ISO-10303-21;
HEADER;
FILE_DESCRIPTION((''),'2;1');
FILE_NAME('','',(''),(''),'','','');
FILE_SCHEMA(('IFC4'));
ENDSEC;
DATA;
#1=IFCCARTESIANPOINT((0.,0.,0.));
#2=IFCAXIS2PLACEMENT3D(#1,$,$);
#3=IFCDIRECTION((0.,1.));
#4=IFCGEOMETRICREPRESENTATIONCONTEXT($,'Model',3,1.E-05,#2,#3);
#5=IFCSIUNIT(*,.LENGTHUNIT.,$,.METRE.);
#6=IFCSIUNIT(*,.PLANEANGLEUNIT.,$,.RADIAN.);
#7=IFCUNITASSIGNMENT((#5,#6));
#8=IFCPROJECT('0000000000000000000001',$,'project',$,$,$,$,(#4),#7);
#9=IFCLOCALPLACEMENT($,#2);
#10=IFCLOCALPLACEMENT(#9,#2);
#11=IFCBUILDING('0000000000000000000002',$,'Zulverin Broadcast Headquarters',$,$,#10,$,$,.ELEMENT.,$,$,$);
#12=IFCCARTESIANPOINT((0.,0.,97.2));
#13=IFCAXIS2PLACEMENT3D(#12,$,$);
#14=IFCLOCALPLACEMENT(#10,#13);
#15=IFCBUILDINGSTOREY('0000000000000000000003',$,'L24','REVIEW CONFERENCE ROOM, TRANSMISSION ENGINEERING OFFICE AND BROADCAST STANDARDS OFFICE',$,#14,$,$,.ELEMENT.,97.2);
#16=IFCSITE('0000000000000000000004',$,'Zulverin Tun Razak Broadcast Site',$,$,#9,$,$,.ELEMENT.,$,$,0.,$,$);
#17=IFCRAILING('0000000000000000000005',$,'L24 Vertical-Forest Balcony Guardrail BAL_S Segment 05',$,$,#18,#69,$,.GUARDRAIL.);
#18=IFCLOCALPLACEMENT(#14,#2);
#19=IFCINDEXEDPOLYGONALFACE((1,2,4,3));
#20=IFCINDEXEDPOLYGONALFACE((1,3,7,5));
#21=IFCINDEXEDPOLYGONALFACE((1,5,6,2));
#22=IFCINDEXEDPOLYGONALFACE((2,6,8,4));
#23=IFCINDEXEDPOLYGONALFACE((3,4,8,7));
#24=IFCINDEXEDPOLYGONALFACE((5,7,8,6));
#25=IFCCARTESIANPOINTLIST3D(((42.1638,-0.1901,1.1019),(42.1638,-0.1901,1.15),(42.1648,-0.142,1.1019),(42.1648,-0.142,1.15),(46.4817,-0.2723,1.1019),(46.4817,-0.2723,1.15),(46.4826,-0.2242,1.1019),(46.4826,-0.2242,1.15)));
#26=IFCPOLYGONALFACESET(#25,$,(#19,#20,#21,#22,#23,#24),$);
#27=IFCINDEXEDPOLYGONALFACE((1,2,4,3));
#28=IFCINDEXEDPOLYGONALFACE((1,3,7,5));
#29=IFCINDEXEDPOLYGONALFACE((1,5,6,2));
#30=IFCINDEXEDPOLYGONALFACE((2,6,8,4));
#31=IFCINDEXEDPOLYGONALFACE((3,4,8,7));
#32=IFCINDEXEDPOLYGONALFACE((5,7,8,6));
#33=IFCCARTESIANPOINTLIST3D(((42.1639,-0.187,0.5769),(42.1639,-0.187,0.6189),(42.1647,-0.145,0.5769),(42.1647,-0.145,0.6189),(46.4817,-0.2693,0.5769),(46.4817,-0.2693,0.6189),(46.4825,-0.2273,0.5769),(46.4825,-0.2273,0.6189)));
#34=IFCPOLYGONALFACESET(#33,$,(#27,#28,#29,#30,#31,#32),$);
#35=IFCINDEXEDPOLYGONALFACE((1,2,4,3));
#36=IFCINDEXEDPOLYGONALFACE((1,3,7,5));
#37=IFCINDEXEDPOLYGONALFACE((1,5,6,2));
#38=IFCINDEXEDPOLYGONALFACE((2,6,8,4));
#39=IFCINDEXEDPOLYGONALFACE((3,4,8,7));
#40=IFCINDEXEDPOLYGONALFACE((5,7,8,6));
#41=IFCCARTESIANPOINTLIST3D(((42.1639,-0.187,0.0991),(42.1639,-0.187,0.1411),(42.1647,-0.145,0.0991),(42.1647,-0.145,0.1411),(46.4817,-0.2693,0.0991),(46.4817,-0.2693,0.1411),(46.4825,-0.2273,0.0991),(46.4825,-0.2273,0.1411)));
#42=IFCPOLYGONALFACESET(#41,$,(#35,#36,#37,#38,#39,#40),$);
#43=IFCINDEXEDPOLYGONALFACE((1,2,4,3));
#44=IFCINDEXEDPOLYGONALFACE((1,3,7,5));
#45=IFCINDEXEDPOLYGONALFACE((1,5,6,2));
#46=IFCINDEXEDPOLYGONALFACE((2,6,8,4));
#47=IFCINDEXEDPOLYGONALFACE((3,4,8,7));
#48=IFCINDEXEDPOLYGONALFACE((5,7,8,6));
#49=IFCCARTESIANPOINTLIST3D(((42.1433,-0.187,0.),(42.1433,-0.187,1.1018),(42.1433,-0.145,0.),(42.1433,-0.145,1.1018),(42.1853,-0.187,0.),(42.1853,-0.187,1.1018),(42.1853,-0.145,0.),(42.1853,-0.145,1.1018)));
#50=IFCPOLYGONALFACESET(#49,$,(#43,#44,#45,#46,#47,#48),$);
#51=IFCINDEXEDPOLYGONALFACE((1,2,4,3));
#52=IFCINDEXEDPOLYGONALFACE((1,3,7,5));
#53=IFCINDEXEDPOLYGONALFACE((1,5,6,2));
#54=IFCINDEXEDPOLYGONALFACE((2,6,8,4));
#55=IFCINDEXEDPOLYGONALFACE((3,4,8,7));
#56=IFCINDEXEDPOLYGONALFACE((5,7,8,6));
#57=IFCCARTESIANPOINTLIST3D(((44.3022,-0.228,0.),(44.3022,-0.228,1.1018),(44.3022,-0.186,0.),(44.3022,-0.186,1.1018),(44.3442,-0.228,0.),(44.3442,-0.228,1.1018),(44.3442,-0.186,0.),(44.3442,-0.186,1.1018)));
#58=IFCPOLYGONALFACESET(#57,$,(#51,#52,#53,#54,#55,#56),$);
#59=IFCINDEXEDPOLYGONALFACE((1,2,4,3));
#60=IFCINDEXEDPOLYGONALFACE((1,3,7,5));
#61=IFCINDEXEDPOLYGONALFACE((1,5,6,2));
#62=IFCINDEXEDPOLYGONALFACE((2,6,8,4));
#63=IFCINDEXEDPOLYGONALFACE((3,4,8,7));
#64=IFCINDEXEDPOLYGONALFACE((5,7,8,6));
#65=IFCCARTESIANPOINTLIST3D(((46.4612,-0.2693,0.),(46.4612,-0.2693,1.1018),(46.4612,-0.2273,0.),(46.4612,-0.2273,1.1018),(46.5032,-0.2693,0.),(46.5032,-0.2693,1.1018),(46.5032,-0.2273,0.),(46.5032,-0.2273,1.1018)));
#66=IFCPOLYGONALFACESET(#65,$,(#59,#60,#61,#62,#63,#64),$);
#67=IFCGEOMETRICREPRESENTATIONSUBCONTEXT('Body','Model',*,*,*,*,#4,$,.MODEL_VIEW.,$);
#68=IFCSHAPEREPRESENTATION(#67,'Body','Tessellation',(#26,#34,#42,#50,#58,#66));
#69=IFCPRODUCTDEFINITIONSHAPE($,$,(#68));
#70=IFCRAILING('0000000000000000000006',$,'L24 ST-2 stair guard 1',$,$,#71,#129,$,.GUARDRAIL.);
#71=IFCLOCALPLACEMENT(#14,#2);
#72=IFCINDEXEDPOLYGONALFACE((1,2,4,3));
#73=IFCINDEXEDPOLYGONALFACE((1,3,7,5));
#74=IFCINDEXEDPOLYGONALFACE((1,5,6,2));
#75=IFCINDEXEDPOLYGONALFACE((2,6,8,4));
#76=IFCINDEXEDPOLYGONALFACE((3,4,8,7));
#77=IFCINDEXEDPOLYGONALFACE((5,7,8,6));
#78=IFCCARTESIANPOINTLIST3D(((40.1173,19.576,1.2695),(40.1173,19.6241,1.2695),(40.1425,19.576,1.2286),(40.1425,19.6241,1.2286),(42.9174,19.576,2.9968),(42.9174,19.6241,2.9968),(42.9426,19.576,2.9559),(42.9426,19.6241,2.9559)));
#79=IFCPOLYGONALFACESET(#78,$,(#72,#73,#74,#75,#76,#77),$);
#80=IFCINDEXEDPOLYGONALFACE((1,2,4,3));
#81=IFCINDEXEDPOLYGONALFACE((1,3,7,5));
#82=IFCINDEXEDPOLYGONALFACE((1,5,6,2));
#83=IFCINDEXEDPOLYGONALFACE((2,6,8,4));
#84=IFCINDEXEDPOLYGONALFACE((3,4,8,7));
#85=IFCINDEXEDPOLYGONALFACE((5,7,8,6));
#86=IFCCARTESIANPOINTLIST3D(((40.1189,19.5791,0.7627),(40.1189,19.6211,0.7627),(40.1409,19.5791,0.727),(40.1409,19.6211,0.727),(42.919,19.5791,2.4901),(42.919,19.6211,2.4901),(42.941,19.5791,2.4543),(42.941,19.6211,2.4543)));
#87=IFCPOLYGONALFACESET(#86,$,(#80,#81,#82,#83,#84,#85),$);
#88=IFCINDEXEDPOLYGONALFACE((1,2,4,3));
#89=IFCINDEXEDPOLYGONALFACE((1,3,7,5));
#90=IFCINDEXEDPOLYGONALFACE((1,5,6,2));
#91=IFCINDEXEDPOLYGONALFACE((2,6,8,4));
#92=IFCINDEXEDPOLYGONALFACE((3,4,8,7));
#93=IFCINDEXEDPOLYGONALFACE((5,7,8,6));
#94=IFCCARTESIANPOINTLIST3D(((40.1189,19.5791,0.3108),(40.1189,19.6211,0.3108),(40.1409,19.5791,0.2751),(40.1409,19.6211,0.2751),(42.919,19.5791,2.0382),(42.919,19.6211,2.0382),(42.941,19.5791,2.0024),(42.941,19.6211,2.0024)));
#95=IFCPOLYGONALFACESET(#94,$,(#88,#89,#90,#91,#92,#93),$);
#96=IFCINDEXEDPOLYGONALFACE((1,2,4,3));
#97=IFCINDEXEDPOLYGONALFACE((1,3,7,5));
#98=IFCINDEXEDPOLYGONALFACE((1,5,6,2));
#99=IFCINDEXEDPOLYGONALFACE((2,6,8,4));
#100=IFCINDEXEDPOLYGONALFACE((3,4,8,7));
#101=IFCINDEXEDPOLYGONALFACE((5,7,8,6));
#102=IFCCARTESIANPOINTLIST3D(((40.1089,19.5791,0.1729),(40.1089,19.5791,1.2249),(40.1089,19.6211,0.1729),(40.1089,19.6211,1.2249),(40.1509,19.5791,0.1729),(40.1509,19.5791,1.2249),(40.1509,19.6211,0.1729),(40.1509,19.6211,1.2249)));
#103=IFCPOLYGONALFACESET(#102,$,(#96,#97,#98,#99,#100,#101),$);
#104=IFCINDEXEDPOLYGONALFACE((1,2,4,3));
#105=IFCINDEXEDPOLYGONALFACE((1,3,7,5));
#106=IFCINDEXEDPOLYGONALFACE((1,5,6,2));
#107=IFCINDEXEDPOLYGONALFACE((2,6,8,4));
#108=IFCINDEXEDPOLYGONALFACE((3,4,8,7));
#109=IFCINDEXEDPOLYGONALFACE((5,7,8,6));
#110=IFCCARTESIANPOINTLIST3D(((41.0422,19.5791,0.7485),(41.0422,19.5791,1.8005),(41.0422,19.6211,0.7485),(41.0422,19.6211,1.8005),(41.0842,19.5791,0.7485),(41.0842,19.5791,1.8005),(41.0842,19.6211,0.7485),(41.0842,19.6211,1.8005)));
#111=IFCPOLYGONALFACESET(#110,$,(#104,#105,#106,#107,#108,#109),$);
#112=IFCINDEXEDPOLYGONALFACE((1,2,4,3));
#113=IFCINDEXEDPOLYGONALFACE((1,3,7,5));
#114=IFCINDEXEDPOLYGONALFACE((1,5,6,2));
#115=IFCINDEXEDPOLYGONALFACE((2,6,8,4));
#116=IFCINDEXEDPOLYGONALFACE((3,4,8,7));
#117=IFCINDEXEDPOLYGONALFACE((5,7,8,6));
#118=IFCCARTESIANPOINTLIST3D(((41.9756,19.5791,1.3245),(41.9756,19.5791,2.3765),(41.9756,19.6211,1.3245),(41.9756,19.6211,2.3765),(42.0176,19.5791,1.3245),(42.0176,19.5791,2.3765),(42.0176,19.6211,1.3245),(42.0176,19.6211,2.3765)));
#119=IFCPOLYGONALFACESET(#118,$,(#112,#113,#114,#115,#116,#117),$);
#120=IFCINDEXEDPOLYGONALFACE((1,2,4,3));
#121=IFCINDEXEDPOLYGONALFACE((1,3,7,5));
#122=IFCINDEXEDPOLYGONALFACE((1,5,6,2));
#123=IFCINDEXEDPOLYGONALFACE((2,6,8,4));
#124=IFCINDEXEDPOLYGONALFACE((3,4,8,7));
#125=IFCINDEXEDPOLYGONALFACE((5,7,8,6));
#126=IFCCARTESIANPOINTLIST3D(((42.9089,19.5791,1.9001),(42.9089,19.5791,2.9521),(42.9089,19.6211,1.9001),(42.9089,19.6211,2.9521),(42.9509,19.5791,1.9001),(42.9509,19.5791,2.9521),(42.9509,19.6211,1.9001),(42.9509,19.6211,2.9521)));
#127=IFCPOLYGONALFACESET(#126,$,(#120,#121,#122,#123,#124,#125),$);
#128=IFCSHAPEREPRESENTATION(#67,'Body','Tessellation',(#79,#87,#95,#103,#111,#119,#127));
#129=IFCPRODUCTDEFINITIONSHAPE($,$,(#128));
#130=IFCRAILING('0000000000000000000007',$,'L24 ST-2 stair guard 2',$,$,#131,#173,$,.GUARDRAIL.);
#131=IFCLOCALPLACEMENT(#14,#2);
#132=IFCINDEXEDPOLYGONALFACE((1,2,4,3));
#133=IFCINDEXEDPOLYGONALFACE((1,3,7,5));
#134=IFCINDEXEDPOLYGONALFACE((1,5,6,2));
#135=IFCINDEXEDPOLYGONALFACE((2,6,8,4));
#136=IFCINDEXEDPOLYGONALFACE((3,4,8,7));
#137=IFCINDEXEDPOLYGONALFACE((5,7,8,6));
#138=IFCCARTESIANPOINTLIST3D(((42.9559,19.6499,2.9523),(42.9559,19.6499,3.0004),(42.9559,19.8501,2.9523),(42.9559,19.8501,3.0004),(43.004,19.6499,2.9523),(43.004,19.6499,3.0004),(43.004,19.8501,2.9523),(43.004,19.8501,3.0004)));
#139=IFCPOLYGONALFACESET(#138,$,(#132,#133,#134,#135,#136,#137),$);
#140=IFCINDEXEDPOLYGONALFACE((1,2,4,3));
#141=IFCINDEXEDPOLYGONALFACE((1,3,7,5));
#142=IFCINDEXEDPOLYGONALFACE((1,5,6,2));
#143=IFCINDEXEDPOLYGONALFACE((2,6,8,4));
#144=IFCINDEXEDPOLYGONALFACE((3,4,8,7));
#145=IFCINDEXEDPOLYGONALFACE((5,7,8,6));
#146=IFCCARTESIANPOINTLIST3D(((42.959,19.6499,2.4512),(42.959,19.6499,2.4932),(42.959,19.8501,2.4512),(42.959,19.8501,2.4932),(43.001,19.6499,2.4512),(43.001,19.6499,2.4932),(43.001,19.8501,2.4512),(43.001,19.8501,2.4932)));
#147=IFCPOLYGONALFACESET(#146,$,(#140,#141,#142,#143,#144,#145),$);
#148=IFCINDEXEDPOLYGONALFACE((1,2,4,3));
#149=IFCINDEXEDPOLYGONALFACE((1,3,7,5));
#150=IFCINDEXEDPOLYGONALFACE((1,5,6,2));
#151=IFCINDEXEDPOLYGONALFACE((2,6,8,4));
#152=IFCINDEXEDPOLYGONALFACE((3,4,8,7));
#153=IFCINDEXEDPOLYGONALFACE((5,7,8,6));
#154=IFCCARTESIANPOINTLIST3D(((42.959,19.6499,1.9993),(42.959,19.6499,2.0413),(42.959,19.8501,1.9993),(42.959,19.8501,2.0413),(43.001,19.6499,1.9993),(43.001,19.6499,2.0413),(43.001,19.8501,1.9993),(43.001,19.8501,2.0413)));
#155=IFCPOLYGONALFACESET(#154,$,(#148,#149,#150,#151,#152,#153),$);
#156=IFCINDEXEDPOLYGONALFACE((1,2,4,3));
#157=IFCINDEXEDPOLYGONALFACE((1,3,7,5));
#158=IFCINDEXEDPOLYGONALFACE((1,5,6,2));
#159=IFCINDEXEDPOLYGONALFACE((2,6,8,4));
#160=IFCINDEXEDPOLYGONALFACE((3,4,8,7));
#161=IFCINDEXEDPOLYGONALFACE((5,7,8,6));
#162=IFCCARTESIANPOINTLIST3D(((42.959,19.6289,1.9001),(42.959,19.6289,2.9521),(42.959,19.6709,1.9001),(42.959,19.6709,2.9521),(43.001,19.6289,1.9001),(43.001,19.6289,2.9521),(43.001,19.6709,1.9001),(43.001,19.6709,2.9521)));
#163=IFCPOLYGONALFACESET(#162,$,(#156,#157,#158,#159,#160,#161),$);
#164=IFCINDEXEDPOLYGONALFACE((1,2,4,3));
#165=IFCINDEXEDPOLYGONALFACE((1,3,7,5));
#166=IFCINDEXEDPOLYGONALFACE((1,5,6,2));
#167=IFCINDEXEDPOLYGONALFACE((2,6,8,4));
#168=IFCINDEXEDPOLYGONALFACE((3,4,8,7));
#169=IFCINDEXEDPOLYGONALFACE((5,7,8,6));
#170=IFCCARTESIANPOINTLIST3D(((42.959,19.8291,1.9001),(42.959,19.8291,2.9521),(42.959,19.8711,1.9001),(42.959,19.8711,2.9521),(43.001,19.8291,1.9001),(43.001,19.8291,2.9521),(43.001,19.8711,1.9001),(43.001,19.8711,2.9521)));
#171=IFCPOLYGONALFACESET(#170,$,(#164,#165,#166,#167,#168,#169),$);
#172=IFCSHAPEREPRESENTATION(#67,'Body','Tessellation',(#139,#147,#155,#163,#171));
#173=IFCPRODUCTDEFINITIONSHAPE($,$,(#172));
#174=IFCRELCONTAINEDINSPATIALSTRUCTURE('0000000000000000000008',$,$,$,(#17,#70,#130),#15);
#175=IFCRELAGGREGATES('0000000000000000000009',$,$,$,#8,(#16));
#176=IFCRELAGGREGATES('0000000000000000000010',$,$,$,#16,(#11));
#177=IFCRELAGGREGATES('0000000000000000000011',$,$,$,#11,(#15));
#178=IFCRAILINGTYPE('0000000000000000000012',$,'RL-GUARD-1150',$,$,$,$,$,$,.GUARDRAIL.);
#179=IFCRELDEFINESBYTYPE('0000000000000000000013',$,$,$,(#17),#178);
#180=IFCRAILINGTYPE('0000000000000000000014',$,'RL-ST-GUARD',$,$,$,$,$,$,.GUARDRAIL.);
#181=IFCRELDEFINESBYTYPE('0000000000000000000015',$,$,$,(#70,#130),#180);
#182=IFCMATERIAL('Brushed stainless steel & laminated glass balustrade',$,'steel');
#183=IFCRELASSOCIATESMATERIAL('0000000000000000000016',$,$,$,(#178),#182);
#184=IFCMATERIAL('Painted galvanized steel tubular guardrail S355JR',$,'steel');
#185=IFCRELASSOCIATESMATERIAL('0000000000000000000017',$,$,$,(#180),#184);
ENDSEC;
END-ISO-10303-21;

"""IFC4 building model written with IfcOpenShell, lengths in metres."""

from ifc_helpers import new_model, si_unit, direction, frame, origin, origin_2d, place, context, subcontext, project, spatial, rectangle, extrude, material, type_object, element, save


model = new_model("IFC4")

# Units and contexts
model_context = context("Model", 3, precision=1e-05, world=origin(), true_north=direction((0.0, 1.0)))
body_context = subcontext(model_context, "Body", "Model", "MODEL_VIEW")
ifc_project = project(units=[si_unit("LENGTHUNIT", "METRE"), si_unit("PLANEANGLEUNIT", "RADIAN")], contexts=[model_context])

# Site, building, storey
site_placement = place(None, origin())
site = spatial("IfcSite", under=ifc_project, at=site_placement, Name="Zulverin Tun Razak Broadcast Site", CompositionType="ELEMENT", RefElevation=0.0)
building_placement = place(site_placement, origin())
building = spatial("IfcBuilding", under=site, at=building_placement, Name="Zulverin Broadcast Headquarters", CompositionType="ELEMENT")
storey_placement = place(building_placement, frame((0.0, 0.0, 97.2)))
storey = spatial("IfcBuildingStorey", under=building, at=storey_placement, Name="L24", Description="REVIEW CONFERENCE ROOM, TRANSMISSION ENGINEERING OFFICE AND BROADCAST STANDARDS OFFICE", CompositionType="ELEMENT", Elevation=97.2)

# Railings
ifc_material_1 = material(Name="Brushed stainless steel & laminated glass balustrade", Category="steel")
railing_type_1 = type_object("IfcRailingType", Name="RL-GUARD-1150", PredefinedType="GUARDRAIL", material=ifc_material_1)
railing_1_placement = place(storey_placement, frame((42.1643, -0.166, 0.0)))
element("IfcRailing", 1, at=railing_1_placement, inside=storey, type_object=railing_type_1, Name="L24 Vertical-Forest Balcony Guardrail BAL_S Segment 05", PredefinedType="GUARDRAIL", context=body_context, shape_type="SweptSolid", body=[
    extrude(rectangle(XDim=0.0481, YDim=0.0481, at=origin_2d()), frame((0.0, 0.0, 1.126), z_axis=(0.999819, -0.019051, 0.0), x_axis=(0.019051, 0.999819, 0.0)), (0.0, 0.0, 1.0), 4.3186),
    extrude(rectangle(XDim=0.042, YDim=0.042, at=origin_2d()), frame((0.0, 0.0, 0.5979), z_axis=(0.999819, -0.019051, 0.0), x_axis=(0.019051, 0.999819, 0.0)), (0.0, 0.0, 1.0), 4.3186),
    extrude(rectangle(XDim=0.042, YDim=0.042, at=origin_2d()), frame((0.0, 0.0, 0.1201), z_axis=(0.999819, -0.019051, 0.0), x_axis=(0.019051, 0.999819, 0.0)), (0.0, 0.0, 1.0), 4.3186),
    extrude(rectangle(XDim=0.042, YDim=0.042, at=origin_2d()), origin(), (0.0, 0.0, 1.0), 1.1018),
    extrude(rectangle(XDim=0.042, YDim=0.042, at=origin_2d()), frame((2.1589, -0.041, 0.0)), (0.0, 0.0, 1.0), 1.1018),
    extrude(rectangle(XDim=0.042, YDim=0.042, at=origin_2d()), frame((4.3179, -0.0823, 0.0)), (0.0, 0.0, 1.0), 1.1018),
])
ifc_material_2 = material(Name="Painted galvanized steel tubular guardrail S355JR", Category="steel")
railing_type_2 = type_object("IfcRailingType", Name="RL-ST-GUARD", PredefinedType="GUARDRAIL", material=ifc_material_2)
railing_2_placement = place(storey_placement, frame((40.1299, 19.6001, 0.1729)))
element("IfcRailing", 2, at=railing_2_placement, inside=storey, type_object=railing_type_2, Name="L24 ST-2 stair guard 1", PredefinedType="GUARDRAIL", context=body_context, shape_type="SweptSolid", body=[
    extrude(rectangle(XDim=0.0481, YDim=0.0481, at=origin_2d()), frame((0.0, 0.0, 1.0762), z_axis=(0.85109, 0.0, 0.52502), x_axis=(0.0, 1.0, 0.0)), (0.0, 0.0, 1.0), 3.29),
    extrude(rectangle(XDim=0.042, YDim=0.042, at=origin_2d()), frame((0.0, 0.0, 0.572), z_axis=(0.85109, 0.0, 0.52502), x_axis=(0.0, 1.0, 0.0)), (0.0, 0.0, 1.0), 3.29),
    extrude(rectangle(XDim=0.042, YDim=0.042, at=origin_2d()), frame((0.0, 0.0, 0.1201), z_axis=(0.85109, 0.0, 0.52502), x_axis=(0.0, 1.0, 0.0)), (0.0, 0.0, 1.0), 3.29),
    extrude(rectangle(XDim=0.042, YDim=0.042, at=origin_2d()), origin(), (0.0, 0.0, 1.0), 1.052),
    extrude(rectangle(XDim=0.042, YDim=0.042, at=origin_2d()), frame((0.9333, 0.0, 0.5757)), (0.0, 0.0, 1.0), 1.052),
    extrude(rectangle(XDim=0.042, YDim=0.042, at=origin_2d()), frame((1.8667, 0.0, 1.1516)), (0.0, 0.0, 1.0), 1.052),
    extrude(rectangle(XDim=0.042, YDim=0.042, at=origin_2d()), frame((2.8, 0.0, 1.7273)), (0.0, 0.0, 1.0), 1.052),
])
railing_3_placement = place(storey_placement, frame((42.98, 19.6499, 1.9001)))
element("IfcRailing", 3, at=railing_3_placement, inside=storey, type_object=railing_type_2, Name="L24 ST-2 stair guard 2", PredefinedType="GUARDRAIL", context=body_context, shape_type="SweptSolid", body=[
    extrude(rectangle(XDim=0.0481, YDim=0.0481, at=origin_2d()), frame((0.0, 0.0, 1.0762), z_axis=(0.0, 1.0, 0.0), x_axis=(-1.0, 0.0, 0.0)), (0.0, 0.0, 1.0), 0.2002),
    extrude(rectangle(XDim=0.042, YDim=0.042, at=origin_2d()), frame((0.0, 0.0, 0.572), z_axis=(0.0, 1.0, 0.0), x_axis=(-1.0, 0.0, 0.0)), (0.0, 0.0, 1.0), 0.2002),
    extrude(rectangle(XDim=0.042, YDim=0.042, at=origin_2d()), frame((0.0, 0.0, 0.1201), z_axis=(0.0, 1.0, 0.0), x_axis=(-1.0, 0.0, 0.0)), (0.0, 0.0, 1.0), 0.2002),
    extrude(rectangle(XDim=0.042, YDim=0.042, at=origin_2d()), origin(), (0.0, 0.0, 1.0), 1.052),
    extrude(rectangle(XDim=0.042, YDim=0.042, at=origin_2d()), frame((0.0, 0.2002, 0.0)), (0.0, 0.0, 1.0), 1.052),
])

save(model, "model.ifc")
